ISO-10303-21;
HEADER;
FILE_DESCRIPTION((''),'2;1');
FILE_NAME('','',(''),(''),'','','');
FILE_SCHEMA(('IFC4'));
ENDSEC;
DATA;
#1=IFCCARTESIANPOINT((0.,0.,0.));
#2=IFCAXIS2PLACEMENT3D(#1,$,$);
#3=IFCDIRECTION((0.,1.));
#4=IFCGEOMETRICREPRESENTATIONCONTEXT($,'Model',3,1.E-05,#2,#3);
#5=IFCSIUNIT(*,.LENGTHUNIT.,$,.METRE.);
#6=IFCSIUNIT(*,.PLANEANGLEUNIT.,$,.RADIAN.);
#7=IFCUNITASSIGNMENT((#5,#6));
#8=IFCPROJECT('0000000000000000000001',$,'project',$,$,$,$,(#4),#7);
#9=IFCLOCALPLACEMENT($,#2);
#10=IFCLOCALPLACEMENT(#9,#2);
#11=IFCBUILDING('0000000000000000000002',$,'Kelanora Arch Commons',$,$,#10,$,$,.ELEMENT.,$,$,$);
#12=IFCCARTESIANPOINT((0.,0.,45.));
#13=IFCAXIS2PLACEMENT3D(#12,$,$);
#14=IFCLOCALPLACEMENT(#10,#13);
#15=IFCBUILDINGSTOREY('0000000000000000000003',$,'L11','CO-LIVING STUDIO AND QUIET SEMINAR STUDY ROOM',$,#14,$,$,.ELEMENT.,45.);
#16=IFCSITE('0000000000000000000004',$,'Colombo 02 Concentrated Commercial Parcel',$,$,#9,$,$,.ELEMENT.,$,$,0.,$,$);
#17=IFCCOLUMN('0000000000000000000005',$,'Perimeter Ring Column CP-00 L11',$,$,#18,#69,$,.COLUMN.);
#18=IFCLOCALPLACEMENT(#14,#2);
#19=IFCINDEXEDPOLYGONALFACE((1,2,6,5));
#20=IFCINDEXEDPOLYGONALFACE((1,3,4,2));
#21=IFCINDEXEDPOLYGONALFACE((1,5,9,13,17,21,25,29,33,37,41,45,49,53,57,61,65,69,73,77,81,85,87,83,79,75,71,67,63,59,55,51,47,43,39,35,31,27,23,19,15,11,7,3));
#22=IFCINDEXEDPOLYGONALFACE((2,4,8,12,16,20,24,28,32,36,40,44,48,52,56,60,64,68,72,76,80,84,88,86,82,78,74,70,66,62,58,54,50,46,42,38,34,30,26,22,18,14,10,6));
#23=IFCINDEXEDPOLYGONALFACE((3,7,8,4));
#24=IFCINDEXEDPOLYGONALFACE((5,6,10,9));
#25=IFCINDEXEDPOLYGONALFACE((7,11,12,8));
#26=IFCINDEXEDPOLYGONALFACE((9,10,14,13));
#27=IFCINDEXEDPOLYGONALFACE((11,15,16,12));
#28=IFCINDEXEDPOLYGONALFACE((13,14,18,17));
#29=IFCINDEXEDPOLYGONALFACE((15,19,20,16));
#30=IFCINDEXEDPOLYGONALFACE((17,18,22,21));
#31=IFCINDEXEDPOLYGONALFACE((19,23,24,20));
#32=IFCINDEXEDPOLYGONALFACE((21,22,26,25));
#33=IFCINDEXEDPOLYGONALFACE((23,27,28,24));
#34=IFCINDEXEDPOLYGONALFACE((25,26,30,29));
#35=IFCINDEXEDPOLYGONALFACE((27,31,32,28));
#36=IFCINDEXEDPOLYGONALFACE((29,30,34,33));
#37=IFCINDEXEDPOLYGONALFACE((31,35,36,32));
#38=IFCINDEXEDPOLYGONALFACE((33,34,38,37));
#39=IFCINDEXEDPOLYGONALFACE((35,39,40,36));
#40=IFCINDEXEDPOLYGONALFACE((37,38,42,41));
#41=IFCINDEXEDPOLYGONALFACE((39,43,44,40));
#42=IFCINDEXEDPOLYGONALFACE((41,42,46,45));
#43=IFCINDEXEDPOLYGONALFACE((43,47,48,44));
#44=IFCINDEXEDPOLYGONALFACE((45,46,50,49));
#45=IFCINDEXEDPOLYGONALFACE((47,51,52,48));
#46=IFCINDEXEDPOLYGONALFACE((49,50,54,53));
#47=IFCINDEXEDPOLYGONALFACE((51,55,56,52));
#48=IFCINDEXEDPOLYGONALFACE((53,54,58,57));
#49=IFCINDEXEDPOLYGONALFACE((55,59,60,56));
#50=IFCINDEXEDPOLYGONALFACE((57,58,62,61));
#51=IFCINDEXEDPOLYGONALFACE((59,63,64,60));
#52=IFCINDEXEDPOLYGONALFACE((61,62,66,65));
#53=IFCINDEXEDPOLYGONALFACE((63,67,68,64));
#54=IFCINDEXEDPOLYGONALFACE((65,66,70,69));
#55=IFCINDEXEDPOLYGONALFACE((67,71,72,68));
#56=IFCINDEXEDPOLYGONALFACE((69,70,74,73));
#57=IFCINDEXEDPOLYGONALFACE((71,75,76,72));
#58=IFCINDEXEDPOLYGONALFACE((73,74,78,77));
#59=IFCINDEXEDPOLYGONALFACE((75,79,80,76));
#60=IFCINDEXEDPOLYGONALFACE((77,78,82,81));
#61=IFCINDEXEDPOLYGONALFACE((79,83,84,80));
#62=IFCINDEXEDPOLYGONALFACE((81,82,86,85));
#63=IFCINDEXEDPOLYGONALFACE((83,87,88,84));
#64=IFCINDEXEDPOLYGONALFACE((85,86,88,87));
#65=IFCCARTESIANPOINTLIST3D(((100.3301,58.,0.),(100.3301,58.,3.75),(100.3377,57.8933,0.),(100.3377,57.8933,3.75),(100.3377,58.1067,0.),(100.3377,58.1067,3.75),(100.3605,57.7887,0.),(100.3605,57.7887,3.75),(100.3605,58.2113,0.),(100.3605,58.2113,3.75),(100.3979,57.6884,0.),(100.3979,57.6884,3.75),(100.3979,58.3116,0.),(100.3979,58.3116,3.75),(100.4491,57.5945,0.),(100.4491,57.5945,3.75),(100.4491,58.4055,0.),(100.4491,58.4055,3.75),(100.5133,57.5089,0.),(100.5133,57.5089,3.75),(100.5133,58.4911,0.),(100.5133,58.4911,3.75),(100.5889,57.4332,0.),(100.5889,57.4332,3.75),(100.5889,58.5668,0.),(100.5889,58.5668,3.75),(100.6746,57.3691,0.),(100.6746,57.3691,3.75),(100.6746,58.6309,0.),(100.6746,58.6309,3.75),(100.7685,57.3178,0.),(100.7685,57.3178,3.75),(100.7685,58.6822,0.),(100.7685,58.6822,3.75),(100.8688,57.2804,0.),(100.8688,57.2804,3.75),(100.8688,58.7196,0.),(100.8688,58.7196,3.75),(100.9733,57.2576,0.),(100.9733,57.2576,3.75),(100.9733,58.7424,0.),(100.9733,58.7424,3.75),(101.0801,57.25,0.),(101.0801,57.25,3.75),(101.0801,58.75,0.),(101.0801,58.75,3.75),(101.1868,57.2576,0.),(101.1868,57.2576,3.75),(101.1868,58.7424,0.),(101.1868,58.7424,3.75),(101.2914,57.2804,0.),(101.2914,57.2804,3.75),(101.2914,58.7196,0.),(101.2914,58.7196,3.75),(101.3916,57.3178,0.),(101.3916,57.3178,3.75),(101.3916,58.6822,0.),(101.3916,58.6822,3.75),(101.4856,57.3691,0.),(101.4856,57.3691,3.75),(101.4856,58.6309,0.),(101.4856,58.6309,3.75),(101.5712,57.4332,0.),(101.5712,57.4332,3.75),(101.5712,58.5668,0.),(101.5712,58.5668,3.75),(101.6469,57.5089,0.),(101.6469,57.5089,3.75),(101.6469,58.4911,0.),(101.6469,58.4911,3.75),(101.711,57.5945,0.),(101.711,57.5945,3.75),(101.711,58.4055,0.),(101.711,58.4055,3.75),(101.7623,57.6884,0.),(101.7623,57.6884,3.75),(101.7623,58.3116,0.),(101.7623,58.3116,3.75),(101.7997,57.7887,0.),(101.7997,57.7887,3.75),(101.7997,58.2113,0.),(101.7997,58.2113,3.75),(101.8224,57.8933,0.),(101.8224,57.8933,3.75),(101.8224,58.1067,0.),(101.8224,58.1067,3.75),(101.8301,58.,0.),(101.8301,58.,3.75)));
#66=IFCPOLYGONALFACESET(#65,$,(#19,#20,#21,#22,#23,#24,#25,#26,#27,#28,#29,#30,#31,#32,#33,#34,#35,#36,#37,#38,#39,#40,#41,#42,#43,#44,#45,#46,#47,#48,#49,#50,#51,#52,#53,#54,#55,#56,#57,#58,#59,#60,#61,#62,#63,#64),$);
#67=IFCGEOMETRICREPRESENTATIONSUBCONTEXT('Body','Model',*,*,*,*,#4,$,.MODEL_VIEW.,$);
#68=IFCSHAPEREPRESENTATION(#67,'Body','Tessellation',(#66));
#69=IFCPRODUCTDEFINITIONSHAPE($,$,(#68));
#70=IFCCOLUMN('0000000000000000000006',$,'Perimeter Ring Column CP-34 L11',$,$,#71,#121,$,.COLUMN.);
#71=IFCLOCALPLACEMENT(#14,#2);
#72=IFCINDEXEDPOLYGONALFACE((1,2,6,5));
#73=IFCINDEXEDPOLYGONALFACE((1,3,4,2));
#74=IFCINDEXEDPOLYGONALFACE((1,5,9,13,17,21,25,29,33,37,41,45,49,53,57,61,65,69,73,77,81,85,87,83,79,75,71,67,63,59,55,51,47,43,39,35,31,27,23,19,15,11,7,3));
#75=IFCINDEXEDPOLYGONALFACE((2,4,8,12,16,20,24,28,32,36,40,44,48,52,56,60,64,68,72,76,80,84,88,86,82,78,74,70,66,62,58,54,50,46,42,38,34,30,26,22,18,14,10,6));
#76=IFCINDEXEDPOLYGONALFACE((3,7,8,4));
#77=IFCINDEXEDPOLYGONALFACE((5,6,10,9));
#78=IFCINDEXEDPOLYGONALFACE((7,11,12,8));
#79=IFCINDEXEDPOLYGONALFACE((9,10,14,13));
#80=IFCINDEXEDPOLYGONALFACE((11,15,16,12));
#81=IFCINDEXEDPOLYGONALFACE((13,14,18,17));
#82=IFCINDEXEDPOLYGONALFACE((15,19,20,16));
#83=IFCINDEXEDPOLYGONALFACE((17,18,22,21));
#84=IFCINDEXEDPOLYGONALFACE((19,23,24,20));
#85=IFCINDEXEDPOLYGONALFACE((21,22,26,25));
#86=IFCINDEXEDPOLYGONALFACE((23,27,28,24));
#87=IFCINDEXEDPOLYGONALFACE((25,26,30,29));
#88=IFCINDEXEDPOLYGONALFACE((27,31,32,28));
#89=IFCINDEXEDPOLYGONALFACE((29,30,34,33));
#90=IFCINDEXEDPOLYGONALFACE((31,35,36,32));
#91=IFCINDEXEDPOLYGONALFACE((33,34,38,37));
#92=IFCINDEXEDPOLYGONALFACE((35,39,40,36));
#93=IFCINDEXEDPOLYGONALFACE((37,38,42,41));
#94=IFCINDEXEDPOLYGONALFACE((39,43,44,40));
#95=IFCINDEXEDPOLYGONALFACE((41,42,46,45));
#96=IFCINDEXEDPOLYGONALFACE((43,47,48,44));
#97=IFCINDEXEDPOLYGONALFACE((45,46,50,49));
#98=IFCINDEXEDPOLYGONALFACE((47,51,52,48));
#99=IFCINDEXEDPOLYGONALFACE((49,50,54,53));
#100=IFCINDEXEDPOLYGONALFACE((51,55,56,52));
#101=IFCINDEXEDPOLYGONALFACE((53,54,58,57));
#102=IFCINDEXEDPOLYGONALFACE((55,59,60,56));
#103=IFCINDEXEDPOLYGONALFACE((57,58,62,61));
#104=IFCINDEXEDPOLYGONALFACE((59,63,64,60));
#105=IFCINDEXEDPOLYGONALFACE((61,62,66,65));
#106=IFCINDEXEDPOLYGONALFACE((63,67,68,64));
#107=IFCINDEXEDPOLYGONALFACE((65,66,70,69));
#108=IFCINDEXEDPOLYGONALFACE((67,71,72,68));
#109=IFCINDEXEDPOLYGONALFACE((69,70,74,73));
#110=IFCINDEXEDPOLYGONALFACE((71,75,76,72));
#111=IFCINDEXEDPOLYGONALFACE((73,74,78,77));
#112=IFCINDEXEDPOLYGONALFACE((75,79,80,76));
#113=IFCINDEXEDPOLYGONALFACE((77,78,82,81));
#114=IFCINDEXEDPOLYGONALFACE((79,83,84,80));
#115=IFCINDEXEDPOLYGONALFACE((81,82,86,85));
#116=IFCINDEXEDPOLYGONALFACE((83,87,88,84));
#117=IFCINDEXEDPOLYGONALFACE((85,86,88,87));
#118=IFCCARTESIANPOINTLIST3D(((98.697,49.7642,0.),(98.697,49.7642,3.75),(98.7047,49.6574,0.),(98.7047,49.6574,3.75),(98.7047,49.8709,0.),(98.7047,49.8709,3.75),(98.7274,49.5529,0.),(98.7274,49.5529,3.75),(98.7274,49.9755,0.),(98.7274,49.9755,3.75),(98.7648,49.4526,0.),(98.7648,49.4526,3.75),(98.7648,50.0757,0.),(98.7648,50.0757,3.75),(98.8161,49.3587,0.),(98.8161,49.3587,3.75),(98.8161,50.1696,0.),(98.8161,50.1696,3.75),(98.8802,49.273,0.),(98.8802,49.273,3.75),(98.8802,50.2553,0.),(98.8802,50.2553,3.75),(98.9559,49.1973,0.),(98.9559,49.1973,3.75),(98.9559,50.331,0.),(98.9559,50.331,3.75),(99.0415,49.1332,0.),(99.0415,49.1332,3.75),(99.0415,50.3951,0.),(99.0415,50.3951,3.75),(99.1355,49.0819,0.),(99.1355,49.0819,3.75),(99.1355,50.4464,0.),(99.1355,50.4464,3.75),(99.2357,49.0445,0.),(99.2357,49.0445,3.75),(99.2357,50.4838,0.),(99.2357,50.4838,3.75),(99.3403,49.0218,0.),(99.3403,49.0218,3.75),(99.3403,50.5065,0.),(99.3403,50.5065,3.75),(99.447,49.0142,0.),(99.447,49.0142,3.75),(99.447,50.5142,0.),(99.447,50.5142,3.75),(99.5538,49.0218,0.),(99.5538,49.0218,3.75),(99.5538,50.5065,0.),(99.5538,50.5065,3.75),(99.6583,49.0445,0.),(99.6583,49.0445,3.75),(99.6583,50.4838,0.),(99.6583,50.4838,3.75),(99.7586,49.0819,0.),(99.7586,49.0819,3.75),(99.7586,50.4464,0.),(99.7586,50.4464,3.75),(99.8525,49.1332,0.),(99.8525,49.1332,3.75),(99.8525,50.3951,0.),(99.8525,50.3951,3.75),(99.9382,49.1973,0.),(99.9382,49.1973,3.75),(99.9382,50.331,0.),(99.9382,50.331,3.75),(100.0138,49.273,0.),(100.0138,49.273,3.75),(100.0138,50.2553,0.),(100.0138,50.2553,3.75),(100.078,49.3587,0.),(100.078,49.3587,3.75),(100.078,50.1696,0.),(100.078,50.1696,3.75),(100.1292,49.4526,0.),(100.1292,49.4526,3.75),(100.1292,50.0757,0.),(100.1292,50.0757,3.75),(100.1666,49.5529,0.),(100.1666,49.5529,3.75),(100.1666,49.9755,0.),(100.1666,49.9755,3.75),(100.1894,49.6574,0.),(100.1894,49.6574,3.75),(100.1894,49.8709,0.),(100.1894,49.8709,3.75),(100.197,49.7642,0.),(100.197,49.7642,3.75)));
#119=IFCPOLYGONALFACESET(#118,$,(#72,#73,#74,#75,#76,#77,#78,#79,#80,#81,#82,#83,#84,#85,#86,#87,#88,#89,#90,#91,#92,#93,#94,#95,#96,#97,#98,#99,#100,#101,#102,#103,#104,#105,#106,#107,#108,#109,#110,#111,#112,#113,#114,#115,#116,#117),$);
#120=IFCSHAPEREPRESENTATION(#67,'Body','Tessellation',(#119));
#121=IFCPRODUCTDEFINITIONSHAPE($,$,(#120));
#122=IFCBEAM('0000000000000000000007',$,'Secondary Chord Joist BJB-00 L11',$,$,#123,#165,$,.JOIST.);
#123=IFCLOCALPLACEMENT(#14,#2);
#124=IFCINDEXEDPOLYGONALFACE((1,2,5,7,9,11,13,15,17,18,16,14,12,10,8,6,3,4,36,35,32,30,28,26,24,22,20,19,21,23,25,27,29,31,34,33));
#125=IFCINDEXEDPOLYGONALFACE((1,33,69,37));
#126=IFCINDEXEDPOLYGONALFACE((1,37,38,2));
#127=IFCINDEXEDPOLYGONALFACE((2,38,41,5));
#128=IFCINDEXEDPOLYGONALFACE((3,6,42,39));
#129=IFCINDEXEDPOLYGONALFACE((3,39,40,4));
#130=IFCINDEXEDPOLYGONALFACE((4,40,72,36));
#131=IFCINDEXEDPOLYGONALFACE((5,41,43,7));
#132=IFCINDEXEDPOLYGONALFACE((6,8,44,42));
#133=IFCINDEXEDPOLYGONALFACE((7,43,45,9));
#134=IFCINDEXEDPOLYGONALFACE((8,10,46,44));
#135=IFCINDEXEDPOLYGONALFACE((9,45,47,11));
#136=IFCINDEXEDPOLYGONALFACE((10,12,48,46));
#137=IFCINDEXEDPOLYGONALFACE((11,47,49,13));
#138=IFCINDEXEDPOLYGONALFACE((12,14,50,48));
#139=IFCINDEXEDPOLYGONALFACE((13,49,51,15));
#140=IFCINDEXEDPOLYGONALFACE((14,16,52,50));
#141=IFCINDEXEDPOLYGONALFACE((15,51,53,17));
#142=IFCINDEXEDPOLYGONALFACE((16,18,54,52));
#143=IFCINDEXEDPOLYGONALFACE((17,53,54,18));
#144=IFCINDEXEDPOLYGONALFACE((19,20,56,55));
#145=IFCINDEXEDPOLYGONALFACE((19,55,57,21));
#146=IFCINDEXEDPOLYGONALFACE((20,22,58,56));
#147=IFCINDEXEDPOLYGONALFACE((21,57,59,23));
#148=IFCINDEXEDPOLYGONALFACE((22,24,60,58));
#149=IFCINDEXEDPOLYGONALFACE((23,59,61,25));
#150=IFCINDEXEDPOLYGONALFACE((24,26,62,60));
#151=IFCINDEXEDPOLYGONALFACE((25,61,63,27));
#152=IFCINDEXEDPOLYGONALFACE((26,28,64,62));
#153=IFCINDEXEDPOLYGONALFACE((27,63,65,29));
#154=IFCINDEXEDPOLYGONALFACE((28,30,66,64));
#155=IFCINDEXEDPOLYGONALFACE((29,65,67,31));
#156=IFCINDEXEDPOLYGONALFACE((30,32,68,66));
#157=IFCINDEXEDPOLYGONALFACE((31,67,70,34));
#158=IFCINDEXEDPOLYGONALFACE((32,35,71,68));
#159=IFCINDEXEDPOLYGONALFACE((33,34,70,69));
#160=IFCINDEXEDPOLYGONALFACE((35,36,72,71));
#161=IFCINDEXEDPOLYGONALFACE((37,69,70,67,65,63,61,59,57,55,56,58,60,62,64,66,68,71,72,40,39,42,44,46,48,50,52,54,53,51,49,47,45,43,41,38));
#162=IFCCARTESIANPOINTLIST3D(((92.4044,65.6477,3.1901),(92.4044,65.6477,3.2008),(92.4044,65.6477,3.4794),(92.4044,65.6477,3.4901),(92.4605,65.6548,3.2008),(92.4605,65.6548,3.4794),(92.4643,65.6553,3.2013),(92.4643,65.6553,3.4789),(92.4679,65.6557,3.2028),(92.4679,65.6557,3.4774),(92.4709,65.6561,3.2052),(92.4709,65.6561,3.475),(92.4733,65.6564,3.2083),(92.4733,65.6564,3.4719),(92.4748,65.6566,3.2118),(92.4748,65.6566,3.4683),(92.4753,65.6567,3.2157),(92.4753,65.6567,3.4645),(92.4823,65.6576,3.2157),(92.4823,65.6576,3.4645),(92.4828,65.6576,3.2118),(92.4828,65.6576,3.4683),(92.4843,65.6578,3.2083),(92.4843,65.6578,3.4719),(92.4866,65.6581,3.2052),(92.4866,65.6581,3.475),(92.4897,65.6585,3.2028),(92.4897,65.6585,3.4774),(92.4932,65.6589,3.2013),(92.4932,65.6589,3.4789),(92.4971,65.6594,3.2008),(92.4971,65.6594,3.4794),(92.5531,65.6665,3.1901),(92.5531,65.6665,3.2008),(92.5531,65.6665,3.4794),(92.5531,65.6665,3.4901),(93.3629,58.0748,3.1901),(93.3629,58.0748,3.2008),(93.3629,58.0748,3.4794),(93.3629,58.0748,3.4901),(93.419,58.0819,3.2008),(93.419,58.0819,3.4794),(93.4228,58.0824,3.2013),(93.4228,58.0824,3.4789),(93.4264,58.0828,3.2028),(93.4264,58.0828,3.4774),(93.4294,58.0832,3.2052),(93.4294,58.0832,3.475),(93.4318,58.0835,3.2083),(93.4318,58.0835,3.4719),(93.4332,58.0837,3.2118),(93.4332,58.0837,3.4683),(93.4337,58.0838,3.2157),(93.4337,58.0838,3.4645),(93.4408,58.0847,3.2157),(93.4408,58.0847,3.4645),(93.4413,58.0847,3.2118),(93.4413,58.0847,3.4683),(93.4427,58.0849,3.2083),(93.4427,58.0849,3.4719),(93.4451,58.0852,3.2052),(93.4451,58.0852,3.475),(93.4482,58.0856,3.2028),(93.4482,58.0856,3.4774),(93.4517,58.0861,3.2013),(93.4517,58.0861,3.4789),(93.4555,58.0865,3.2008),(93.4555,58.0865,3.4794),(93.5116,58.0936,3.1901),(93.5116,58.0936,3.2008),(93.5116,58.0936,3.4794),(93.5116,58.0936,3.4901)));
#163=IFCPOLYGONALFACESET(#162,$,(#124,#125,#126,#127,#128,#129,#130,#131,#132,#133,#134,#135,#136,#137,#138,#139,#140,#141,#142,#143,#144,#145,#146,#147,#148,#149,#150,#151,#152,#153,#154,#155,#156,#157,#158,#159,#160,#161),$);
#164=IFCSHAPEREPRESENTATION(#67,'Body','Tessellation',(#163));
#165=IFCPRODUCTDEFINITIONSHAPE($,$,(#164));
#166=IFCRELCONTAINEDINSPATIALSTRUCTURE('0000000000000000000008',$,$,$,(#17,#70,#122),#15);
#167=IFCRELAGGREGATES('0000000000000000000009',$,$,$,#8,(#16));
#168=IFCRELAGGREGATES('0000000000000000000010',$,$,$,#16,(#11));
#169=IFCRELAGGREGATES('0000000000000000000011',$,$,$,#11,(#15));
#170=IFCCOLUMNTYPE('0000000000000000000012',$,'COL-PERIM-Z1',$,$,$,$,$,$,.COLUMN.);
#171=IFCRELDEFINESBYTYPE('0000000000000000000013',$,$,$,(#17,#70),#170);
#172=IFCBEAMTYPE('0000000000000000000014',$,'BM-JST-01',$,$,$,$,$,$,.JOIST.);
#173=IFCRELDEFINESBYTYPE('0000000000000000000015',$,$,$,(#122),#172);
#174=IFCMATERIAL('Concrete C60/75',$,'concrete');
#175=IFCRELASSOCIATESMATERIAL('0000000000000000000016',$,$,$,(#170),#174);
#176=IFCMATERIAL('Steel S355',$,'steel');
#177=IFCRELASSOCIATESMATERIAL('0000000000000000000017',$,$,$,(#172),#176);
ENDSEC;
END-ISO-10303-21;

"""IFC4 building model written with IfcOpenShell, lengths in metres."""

from ifc_helpers import new_model, si_unit, direction, frame, origin, origin_2d, place, context, subcontext, project, spatial, circle, i_section, extrude, material, material_profile, profile_set, type_object, element, save


model = new_model("IFC4")

# Units and contexts
model_context = context("Model", 3, precision=1e-05, world=origin(), true_north=direction((0.0, 1.0)))
body_context = subcontext(model_context, "Body", "Model", "MODEL_VIEW")
ifc_project = project(units=[si_unit("LENGTHUNIT", "METRE"), si_unit("PLANEANGLEUNIT", "RADIAN")], contexts=[model_context])

# Site, building, storey
site_placement = place(None, origin())
site = spatial("IfcSite", under=ifc_project, at=site_placement, Name="Colombo 02 Concentrated Commercial Parcel", CompositionType="ELEMENT", RefElevation=0.0)
building_placement = place(site_placement, origin())
building = spatial("IfcBuilding", under=site, at=building_placement, Name="Kelanora Arch Commons", CompositionType="ELEMENT")
storey_placement = place(building_placement, frame((0.0, 0.0, 45.0)))
storey = spatial("IfcBuildingStorey", under=building, at=storey_placement, Name="L11", Description="CO-LIVING STUDIO AND QUIET SEMINAR STUDY ROOM", CompositionType="ELEMENT", Elevation=45.0)

# Columns
ifc_material_1 = material(Name="Concrete C60/75", Category="concrete")
ifc_material_profile_1 = material_profile(ifc_material_1, circle(Radius=0.75, at=origin_2d()), Name="RCC1500")
ifc_profile_set_1 = profile_set([ifc_material_profile_1], Name="Concrete C60/75")
column_type = type_object("IfcColumnType", Name="COL-PERIM-Z1", PredefinedType="COLUMN", material=ifc_profile_set_1)
for number, where, z_axis, x_axis, name in (
    (1, (101.0801, 58.0, 0.0), (0.0, 0.0, 1.0), (1.0, 0.0, 0.0), "Perimeter Ring Column CP-00 L11"),
    (2, (99.447, 49.7642, 0.0), (0.0, 0.0, 1.0), (1.0, 0.0, 0.0), "Perimeter Ring Column CP-34 L11"),
):
    element("IfcColumn", number, at=place(storey_placement, frame(where, z_axis=z_axis, x_axis=x_axis)), inside=storey, type_object=column_type, Name=name, PredefinedType="COLUMN", context=body_context, shape_type="SweptSolid", body=[
        extrude(circle(Radius=0.75, at=origin_2d()), origin(), (0.0, 0.0, 1.0), 3.75),
    ])

# Beam
ifc_material_2 = material(Name="Steel S355", Category="steel")
ifc_material_profile_2 = material_profile(ifc_material_2, i_section(OverallWidth=0.1499, OverallDepth=0.3, WebThickness=0.0071, FlangeThickness=0.0107, FilletRadius=0.0149, at=origin_2d()), Name="IPE300")
ifc_profile_set_2 = profile_set([ifc_material_profile_2], Name="Steel S355")
beam_type_1 = type_object("IfcBeamType", Name="BM-JST-01", PredefinedType="JOIST", material=ifc_profile_set_2)
beam_1_placement = place(storey_placement, frame((93.4373, 58.0842, 3.3401), z_axis=(-0.125566, 0.992085, 0.0), x_axis=(-0.992085, -0.125566, 0.0)))
element("IfcBeam", 3, at=beam_1_placement, inside=storey, type_object=beam_type_1, Name="Secondary Chord Joist BJB-00 L11", PredefinedType="JOIST", context=body_context, shape_type="SweptSolid", body=[
    extrude(i_section(OverallWidth=0.1499, OverallDepth=0.3, WebThickness=0.0071, FlangeThickness=0.0107, FilletRadius=0.0149, at=origin_2d()), origin(), (0.0, 0.0, 1.0), 7.6333),
])

save(model, "model.ifc")
